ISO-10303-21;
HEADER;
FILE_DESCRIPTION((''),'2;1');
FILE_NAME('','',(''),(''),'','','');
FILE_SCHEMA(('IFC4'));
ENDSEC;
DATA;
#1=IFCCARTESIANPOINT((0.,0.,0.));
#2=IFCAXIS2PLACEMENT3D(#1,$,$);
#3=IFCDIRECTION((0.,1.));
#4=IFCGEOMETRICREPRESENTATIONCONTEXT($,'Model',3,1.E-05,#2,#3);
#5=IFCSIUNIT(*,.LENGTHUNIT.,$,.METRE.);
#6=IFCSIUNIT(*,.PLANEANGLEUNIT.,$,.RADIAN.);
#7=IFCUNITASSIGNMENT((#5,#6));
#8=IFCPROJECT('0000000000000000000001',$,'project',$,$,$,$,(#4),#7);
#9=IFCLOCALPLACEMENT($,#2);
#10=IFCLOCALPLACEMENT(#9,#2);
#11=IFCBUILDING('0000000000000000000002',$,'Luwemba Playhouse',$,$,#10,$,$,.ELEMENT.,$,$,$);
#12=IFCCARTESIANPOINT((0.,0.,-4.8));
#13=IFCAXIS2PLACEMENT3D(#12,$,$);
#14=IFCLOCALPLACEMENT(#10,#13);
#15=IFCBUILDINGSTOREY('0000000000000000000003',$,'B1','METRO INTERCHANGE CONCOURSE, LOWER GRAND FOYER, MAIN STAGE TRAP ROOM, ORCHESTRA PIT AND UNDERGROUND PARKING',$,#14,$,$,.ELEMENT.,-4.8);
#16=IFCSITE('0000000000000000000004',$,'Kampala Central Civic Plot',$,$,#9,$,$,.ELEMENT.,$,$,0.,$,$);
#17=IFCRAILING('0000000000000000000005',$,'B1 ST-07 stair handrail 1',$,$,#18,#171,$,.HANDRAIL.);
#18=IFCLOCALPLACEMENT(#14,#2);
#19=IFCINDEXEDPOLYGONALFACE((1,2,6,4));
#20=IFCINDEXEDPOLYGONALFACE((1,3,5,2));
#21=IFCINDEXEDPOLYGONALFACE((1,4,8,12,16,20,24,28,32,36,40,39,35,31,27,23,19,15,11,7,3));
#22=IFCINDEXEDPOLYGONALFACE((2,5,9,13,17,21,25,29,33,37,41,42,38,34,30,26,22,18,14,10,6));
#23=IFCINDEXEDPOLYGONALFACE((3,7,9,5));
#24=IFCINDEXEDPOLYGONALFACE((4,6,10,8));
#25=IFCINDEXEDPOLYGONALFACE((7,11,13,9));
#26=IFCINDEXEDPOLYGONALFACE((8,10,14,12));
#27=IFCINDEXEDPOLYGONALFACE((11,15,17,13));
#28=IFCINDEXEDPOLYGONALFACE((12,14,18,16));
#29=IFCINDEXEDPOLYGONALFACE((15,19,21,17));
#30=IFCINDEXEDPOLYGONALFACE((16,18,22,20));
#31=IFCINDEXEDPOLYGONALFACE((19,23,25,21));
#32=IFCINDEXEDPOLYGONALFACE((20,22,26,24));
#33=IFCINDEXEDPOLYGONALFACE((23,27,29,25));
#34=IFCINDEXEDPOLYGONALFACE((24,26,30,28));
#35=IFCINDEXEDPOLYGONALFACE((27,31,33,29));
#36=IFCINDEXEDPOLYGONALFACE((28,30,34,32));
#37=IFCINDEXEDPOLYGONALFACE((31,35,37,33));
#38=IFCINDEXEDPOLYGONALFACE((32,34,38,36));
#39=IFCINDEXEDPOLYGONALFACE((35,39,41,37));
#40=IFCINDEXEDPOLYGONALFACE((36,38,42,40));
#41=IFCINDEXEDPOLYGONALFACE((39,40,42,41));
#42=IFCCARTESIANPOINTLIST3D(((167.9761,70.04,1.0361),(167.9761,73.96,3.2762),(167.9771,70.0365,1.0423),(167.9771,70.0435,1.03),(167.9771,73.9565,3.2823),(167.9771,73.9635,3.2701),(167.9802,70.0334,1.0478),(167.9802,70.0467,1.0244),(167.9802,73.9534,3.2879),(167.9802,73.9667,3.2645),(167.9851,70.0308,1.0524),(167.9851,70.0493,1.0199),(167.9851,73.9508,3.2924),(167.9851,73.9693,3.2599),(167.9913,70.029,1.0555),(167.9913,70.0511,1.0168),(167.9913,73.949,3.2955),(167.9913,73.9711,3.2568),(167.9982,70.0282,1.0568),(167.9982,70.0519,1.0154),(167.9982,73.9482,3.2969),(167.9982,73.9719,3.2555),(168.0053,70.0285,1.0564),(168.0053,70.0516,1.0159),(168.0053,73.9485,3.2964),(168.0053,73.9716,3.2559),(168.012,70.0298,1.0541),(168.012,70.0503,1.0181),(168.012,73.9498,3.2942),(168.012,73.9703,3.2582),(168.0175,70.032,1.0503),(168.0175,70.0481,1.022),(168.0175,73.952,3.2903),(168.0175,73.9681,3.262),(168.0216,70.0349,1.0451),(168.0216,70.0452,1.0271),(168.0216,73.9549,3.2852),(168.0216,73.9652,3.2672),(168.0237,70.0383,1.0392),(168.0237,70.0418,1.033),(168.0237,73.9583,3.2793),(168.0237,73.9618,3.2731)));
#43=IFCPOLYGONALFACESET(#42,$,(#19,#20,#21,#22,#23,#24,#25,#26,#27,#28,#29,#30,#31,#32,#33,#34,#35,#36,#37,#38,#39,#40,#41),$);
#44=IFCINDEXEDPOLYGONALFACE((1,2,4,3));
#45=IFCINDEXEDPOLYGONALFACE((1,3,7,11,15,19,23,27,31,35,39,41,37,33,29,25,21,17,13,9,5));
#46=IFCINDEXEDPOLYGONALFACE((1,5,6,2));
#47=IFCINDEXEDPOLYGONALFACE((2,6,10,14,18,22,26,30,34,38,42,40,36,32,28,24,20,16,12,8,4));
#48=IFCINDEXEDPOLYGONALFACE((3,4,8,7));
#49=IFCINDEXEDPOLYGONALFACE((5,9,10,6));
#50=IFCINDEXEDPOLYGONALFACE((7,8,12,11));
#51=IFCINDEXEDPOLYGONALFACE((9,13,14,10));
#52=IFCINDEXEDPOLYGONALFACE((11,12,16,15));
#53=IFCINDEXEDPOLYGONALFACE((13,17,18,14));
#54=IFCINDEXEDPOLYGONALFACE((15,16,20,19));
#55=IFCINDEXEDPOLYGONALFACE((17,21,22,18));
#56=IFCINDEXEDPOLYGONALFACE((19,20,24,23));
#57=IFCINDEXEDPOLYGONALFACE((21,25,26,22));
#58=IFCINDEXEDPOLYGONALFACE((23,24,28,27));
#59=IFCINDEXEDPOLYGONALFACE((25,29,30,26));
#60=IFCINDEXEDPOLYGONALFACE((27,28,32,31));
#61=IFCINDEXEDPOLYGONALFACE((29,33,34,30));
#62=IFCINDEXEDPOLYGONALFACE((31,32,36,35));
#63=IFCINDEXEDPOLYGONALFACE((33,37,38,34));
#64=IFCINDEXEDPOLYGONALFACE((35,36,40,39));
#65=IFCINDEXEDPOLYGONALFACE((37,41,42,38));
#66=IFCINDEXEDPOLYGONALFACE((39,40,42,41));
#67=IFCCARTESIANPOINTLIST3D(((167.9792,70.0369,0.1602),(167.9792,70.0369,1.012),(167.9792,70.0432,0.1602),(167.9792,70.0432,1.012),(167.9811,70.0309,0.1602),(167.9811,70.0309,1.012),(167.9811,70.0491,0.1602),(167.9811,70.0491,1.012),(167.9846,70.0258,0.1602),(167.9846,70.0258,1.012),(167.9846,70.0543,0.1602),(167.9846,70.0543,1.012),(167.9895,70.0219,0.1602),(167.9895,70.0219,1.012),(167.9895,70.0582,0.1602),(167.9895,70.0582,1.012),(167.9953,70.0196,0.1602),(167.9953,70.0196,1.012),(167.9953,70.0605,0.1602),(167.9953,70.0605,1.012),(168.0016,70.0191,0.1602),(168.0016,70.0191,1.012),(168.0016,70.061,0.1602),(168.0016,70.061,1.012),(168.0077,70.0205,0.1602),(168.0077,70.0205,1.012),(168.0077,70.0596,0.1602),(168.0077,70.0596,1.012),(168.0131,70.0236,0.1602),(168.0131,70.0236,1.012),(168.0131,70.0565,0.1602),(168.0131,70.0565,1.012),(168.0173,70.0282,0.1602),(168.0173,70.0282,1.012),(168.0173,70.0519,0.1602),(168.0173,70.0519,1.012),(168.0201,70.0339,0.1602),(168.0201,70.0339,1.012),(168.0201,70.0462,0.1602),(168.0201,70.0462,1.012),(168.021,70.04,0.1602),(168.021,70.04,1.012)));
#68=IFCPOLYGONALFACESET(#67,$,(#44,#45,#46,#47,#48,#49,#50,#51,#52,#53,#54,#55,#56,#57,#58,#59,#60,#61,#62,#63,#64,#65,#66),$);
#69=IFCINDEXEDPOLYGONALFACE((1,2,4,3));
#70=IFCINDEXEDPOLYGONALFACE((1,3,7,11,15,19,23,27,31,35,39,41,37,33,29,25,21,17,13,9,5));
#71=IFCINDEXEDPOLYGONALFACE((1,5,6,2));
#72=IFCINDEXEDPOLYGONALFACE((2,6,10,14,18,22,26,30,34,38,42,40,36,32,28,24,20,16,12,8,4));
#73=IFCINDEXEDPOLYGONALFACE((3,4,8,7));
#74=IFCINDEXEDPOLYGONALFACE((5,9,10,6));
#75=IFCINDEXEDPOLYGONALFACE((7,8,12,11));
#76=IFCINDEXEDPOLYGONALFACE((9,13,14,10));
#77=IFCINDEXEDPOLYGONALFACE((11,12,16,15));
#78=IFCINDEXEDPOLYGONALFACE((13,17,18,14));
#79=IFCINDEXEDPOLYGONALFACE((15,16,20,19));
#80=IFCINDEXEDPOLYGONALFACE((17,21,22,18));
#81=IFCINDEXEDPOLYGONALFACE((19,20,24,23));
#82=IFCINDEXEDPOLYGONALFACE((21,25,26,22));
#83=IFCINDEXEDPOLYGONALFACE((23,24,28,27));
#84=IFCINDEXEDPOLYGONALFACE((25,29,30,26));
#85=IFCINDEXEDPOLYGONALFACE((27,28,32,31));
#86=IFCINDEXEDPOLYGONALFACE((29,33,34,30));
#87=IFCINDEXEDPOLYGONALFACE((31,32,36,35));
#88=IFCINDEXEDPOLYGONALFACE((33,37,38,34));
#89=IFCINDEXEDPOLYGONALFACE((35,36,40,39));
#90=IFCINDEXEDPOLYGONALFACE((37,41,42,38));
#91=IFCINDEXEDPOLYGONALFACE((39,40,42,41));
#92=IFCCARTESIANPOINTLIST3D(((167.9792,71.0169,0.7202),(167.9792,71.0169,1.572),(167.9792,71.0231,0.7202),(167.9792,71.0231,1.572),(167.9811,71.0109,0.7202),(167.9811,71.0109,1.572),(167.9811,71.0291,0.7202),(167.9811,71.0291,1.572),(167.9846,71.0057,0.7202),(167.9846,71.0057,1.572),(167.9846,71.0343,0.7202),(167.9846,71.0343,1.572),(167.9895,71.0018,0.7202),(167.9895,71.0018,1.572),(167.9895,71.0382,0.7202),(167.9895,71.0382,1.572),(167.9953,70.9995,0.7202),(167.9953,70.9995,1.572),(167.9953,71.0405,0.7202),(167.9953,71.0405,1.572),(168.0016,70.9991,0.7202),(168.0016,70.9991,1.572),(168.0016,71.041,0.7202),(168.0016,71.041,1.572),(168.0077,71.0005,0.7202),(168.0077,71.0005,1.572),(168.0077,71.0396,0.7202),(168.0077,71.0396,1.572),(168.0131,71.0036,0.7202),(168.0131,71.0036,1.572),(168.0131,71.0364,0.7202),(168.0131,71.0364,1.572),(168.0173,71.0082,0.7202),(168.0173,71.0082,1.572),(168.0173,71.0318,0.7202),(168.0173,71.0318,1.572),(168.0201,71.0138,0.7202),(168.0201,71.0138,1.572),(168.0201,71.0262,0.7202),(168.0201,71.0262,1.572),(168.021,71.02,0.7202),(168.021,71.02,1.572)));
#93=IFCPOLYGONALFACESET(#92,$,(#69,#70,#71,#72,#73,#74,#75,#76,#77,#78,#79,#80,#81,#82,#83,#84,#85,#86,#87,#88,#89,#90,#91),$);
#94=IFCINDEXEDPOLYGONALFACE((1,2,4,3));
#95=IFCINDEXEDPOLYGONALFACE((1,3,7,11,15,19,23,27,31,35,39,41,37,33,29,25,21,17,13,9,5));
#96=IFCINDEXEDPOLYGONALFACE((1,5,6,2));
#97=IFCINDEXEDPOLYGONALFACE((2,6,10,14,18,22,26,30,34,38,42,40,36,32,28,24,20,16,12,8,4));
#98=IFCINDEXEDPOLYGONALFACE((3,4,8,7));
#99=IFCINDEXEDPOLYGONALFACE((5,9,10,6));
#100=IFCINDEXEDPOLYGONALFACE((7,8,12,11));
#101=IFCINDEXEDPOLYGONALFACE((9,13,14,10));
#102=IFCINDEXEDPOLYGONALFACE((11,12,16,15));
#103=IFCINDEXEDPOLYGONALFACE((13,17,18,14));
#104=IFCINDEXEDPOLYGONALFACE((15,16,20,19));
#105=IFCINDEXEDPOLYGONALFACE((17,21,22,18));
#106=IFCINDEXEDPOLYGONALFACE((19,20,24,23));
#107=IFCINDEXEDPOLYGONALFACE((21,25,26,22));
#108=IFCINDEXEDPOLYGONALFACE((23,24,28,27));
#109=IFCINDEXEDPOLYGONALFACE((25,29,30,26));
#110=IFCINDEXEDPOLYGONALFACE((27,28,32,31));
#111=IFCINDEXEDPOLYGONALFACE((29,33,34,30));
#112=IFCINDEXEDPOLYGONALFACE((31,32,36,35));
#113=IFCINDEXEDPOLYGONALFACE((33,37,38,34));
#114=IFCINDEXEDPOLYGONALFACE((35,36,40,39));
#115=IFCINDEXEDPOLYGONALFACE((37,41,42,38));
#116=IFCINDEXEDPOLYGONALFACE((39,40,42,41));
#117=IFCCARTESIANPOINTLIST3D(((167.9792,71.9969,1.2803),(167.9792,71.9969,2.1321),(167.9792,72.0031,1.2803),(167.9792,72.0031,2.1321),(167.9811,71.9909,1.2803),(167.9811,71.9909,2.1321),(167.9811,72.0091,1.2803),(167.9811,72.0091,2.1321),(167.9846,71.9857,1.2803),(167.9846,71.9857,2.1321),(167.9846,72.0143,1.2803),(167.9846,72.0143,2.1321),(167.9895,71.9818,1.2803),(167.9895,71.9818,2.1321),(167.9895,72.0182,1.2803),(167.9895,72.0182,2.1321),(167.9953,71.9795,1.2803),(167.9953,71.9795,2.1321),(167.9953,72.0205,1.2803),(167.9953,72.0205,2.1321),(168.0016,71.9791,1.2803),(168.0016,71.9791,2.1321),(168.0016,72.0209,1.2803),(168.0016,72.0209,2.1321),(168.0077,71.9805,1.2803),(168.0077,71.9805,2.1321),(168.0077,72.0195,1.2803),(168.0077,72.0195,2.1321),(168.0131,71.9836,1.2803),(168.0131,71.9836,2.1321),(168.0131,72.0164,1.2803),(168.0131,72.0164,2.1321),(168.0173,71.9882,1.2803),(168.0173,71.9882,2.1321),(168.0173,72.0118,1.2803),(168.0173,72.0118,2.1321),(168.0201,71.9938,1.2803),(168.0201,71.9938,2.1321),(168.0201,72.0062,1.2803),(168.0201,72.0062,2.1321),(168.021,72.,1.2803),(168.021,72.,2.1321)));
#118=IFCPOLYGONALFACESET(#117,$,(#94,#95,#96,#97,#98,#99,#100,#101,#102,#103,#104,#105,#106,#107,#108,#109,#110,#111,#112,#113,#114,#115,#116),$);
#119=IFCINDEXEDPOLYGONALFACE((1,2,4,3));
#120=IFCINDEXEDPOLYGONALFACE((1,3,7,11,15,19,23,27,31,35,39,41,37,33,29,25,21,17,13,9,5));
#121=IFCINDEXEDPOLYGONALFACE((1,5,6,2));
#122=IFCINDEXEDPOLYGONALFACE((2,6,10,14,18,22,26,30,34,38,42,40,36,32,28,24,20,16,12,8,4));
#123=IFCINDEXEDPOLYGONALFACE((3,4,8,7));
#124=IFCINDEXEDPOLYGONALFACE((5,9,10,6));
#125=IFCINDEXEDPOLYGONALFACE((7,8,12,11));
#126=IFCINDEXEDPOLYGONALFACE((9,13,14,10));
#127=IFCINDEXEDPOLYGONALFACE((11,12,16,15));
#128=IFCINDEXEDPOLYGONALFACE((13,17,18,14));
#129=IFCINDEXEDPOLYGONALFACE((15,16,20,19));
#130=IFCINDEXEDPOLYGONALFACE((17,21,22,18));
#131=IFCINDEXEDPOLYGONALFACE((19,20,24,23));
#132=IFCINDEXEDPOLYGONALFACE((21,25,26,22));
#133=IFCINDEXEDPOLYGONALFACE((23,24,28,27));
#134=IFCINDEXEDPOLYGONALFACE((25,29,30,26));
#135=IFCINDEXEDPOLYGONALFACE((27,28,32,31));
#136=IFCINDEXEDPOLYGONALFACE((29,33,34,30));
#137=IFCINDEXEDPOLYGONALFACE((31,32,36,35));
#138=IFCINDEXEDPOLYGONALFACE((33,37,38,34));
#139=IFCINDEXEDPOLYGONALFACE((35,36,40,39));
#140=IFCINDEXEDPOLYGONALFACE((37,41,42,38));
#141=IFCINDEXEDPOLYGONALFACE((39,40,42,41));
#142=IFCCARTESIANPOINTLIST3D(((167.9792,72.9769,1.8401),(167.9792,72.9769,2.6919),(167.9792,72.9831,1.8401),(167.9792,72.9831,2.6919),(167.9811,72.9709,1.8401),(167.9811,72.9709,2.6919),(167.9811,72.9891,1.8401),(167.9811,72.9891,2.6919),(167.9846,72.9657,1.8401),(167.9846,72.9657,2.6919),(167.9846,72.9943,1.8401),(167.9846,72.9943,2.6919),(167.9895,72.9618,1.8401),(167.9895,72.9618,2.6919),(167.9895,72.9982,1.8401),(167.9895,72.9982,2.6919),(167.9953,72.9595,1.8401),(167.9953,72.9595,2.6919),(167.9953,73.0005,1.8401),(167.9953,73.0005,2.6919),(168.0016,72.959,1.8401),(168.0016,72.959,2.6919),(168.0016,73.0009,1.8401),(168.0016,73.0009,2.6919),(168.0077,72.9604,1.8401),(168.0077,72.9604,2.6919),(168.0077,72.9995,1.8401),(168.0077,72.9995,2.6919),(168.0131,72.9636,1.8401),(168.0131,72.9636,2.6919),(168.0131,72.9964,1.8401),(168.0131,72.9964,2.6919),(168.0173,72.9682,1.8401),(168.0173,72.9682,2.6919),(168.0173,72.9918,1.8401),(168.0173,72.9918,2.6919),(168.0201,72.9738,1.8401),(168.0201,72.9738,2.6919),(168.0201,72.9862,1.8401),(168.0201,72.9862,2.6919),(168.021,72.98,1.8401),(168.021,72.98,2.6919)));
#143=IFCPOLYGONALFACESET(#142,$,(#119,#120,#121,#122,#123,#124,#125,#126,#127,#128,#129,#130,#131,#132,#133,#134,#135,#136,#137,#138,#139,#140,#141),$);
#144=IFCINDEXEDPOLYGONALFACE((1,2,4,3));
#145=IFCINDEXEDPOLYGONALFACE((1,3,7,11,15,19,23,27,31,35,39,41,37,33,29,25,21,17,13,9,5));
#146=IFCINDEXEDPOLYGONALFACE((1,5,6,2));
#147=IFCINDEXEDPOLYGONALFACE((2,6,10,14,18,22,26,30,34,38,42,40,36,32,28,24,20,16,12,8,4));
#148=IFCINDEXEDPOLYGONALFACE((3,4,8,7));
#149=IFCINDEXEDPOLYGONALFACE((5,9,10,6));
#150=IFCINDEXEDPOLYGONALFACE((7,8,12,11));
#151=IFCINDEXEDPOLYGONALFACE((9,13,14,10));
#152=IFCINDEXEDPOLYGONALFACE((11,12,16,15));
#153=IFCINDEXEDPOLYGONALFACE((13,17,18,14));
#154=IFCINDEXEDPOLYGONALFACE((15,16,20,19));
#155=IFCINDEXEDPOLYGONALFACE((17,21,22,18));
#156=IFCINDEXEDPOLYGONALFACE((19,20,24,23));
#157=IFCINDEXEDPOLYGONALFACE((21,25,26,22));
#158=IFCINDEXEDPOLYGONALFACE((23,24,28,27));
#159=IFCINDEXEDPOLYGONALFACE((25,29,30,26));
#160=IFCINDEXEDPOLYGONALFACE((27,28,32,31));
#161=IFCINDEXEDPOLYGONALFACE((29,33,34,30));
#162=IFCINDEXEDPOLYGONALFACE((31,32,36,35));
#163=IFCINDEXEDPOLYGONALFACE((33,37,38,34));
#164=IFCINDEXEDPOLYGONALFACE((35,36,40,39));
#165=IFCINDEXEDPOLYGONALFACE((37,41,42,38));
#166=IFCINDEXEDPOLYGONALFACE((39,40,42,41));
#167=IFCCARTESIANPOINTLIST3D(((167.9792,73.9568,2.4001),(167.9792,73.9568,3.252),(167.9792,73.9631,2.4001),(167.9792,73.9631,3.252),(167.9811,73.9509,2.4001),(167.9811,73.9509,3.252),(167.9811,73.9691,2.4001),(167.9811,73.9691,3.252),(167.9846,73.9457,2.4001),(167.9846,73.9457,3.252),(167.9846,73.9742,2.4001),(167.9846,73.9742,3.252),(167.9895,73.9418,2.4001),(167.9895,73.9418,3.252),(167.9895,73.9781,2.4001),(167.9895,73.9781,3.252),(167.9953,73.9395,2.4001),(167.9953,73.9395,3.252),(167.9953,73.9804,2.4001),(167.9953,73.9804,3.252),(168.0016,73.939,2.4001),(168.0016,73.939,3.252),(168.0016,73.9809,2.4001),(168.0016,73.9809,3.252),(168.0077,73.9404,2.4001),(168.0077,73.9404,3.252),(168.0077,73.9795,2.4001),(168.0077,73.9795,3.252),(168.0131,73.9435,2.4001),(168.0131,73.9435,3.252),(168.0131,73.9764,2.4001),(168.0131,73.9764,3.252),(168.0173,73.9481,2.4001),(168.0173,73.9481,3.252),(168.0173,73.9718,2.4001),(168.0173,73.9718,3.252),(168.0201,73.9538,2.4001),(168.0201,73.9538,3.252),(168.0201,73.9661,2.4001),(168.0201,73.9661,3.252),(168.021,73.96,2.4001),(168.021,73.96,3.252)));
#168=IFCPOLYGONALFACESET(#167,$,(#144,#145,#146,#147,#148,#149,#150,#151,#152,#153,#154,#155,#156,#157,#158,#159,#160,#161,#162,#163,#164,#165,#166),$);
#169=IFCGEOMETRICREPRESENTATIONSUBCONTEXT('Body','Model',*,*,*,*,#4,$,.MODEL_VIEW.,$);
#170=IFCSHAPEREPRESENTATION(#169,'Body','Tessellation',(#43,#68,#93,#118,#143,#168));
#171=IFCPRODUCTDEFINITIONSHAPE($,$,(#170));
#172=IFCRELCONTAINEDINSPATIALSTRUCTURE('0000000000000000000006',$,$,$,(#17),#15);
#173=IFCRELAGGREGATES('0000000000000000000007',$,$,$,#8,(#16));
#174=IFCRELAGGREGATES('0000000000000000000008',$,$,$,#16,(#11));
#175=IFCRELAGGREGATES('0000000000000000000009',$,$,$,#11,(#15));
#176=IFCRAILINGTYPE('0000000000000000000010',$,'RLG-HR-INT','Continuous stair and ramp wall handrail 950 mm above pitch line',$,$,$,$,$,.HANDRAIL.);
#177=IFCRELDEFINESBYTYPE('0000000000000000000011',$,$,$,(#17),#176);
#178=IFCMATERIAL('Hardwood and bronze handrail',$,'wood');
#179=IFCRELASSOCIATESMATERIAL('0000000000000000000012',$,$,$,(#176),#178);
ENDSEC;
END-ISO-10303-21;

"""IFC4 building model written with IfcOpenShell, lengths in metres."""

from ifc_helpers import new_model, si_unit, direction, frame, origin, origin_2d, place, context, subcontext, project, spatial, circle, extrude, material, type_object, element, save


model = new_model("IFC4")

# Units and contexts
model_context = context("Model", 3, precision=1e-05, world=origin(), true_north=direction((0.0, 1.0)))
body_context = subcontext(model_context, "Body", "Model", "MODEL_VIEW")
ifc_project = project(units=[si_unit("LENGTHUNIT", "METRE"), si_unit("PLANEANGLEUNIT", "RADIAN")], contexts=[model_context])

# Site, building, storey
site_placement = place(None, origin())
site = spatial("IfcSite", under=ifc_project, at=site_placement, Name="Kampala Central Civic Plot", CompositionType="ELEMENT", RefElevation=0.0)
building_placement = place(site_placement, origin())
building = spatial("IfcBuilding", under=site, at=building_placement, Name="Luwemba Playhouse", CompositionType="ELEMENT")
storey_placement = place(building_placement, frame((0.0, 0.0, -4.8)))
storey = spatial("IfcBuildingStorey", under=building, at=storey_placement, Name="B1", Description="METRO INTERCHANGE CONCOURSE, LOWER GRAND FOYER, MAIN STAGE TRAP ROOM, ORCHESTRA PIT AND UNDERGROUND PARKING", CompositionType="ELEMENT", Elevation=-4.8)

# Railing
ifc_material_1 = material(Name="Hardwood and bronze handrail", Category="wood")
railing_type_1 = type_object("IfcRailingType", Name="RLG-HR-INT", Description="Continuous stair and ramp wall handrail 950 mm above pitch line", PredefinedType="HANDRAIL", material=ifc_material_1)
railing_1_placement = place(storey_placement, frame((168.0, 70.04, 0.1602)))
element("IfcRailing", 1, at=railing_1_placement, inside=storey, type_object=railing_type_1, Name="B1 ST-07 stair handrail 1", PredefinedType="HANDRAIL", context=body_context, shape_type="SweptSolid", body=[
    extrude(circle(Radius=0.0239, at=origin_2d()), frame((0.0, 0.0, 0.876), z_axis=(0.0, 0.86824, 0.496145), x_axis=(-1.0, 0.0, 0.0)), (0.0, 0.0, 1.0), 4.5149),
    extrude(circle(Radius=0.021, at=origin_2d()), origin(), (0.0, 0.0, 1.0), 0.8518),
    extrude(circle(Radius=0.021, at=origin_2d()), frame((0.0, 0.98, 0.5601)), (0.0, 0.0, 1.0), 0.8518),
    extrude(circle(Radius=0.021, at=origin_2d()), frame((0.0, 1.96, 1.1201)), (0.0, 0.0, 1.0), 0.8518),
    extrude(circle(Radius=0.021, at=origin_2d()), frame((0.0, 2.9399, 1.6799)), (0.0, 0.0, 1.0), 0.8518),
    extrude(circle(Radius=0.021, at=origin_2d()), frame((0.0, 3.9199, 2.24)), (0.0, 0.0, 1.0), 0.8518),
])

save(model, "model.ifc")
